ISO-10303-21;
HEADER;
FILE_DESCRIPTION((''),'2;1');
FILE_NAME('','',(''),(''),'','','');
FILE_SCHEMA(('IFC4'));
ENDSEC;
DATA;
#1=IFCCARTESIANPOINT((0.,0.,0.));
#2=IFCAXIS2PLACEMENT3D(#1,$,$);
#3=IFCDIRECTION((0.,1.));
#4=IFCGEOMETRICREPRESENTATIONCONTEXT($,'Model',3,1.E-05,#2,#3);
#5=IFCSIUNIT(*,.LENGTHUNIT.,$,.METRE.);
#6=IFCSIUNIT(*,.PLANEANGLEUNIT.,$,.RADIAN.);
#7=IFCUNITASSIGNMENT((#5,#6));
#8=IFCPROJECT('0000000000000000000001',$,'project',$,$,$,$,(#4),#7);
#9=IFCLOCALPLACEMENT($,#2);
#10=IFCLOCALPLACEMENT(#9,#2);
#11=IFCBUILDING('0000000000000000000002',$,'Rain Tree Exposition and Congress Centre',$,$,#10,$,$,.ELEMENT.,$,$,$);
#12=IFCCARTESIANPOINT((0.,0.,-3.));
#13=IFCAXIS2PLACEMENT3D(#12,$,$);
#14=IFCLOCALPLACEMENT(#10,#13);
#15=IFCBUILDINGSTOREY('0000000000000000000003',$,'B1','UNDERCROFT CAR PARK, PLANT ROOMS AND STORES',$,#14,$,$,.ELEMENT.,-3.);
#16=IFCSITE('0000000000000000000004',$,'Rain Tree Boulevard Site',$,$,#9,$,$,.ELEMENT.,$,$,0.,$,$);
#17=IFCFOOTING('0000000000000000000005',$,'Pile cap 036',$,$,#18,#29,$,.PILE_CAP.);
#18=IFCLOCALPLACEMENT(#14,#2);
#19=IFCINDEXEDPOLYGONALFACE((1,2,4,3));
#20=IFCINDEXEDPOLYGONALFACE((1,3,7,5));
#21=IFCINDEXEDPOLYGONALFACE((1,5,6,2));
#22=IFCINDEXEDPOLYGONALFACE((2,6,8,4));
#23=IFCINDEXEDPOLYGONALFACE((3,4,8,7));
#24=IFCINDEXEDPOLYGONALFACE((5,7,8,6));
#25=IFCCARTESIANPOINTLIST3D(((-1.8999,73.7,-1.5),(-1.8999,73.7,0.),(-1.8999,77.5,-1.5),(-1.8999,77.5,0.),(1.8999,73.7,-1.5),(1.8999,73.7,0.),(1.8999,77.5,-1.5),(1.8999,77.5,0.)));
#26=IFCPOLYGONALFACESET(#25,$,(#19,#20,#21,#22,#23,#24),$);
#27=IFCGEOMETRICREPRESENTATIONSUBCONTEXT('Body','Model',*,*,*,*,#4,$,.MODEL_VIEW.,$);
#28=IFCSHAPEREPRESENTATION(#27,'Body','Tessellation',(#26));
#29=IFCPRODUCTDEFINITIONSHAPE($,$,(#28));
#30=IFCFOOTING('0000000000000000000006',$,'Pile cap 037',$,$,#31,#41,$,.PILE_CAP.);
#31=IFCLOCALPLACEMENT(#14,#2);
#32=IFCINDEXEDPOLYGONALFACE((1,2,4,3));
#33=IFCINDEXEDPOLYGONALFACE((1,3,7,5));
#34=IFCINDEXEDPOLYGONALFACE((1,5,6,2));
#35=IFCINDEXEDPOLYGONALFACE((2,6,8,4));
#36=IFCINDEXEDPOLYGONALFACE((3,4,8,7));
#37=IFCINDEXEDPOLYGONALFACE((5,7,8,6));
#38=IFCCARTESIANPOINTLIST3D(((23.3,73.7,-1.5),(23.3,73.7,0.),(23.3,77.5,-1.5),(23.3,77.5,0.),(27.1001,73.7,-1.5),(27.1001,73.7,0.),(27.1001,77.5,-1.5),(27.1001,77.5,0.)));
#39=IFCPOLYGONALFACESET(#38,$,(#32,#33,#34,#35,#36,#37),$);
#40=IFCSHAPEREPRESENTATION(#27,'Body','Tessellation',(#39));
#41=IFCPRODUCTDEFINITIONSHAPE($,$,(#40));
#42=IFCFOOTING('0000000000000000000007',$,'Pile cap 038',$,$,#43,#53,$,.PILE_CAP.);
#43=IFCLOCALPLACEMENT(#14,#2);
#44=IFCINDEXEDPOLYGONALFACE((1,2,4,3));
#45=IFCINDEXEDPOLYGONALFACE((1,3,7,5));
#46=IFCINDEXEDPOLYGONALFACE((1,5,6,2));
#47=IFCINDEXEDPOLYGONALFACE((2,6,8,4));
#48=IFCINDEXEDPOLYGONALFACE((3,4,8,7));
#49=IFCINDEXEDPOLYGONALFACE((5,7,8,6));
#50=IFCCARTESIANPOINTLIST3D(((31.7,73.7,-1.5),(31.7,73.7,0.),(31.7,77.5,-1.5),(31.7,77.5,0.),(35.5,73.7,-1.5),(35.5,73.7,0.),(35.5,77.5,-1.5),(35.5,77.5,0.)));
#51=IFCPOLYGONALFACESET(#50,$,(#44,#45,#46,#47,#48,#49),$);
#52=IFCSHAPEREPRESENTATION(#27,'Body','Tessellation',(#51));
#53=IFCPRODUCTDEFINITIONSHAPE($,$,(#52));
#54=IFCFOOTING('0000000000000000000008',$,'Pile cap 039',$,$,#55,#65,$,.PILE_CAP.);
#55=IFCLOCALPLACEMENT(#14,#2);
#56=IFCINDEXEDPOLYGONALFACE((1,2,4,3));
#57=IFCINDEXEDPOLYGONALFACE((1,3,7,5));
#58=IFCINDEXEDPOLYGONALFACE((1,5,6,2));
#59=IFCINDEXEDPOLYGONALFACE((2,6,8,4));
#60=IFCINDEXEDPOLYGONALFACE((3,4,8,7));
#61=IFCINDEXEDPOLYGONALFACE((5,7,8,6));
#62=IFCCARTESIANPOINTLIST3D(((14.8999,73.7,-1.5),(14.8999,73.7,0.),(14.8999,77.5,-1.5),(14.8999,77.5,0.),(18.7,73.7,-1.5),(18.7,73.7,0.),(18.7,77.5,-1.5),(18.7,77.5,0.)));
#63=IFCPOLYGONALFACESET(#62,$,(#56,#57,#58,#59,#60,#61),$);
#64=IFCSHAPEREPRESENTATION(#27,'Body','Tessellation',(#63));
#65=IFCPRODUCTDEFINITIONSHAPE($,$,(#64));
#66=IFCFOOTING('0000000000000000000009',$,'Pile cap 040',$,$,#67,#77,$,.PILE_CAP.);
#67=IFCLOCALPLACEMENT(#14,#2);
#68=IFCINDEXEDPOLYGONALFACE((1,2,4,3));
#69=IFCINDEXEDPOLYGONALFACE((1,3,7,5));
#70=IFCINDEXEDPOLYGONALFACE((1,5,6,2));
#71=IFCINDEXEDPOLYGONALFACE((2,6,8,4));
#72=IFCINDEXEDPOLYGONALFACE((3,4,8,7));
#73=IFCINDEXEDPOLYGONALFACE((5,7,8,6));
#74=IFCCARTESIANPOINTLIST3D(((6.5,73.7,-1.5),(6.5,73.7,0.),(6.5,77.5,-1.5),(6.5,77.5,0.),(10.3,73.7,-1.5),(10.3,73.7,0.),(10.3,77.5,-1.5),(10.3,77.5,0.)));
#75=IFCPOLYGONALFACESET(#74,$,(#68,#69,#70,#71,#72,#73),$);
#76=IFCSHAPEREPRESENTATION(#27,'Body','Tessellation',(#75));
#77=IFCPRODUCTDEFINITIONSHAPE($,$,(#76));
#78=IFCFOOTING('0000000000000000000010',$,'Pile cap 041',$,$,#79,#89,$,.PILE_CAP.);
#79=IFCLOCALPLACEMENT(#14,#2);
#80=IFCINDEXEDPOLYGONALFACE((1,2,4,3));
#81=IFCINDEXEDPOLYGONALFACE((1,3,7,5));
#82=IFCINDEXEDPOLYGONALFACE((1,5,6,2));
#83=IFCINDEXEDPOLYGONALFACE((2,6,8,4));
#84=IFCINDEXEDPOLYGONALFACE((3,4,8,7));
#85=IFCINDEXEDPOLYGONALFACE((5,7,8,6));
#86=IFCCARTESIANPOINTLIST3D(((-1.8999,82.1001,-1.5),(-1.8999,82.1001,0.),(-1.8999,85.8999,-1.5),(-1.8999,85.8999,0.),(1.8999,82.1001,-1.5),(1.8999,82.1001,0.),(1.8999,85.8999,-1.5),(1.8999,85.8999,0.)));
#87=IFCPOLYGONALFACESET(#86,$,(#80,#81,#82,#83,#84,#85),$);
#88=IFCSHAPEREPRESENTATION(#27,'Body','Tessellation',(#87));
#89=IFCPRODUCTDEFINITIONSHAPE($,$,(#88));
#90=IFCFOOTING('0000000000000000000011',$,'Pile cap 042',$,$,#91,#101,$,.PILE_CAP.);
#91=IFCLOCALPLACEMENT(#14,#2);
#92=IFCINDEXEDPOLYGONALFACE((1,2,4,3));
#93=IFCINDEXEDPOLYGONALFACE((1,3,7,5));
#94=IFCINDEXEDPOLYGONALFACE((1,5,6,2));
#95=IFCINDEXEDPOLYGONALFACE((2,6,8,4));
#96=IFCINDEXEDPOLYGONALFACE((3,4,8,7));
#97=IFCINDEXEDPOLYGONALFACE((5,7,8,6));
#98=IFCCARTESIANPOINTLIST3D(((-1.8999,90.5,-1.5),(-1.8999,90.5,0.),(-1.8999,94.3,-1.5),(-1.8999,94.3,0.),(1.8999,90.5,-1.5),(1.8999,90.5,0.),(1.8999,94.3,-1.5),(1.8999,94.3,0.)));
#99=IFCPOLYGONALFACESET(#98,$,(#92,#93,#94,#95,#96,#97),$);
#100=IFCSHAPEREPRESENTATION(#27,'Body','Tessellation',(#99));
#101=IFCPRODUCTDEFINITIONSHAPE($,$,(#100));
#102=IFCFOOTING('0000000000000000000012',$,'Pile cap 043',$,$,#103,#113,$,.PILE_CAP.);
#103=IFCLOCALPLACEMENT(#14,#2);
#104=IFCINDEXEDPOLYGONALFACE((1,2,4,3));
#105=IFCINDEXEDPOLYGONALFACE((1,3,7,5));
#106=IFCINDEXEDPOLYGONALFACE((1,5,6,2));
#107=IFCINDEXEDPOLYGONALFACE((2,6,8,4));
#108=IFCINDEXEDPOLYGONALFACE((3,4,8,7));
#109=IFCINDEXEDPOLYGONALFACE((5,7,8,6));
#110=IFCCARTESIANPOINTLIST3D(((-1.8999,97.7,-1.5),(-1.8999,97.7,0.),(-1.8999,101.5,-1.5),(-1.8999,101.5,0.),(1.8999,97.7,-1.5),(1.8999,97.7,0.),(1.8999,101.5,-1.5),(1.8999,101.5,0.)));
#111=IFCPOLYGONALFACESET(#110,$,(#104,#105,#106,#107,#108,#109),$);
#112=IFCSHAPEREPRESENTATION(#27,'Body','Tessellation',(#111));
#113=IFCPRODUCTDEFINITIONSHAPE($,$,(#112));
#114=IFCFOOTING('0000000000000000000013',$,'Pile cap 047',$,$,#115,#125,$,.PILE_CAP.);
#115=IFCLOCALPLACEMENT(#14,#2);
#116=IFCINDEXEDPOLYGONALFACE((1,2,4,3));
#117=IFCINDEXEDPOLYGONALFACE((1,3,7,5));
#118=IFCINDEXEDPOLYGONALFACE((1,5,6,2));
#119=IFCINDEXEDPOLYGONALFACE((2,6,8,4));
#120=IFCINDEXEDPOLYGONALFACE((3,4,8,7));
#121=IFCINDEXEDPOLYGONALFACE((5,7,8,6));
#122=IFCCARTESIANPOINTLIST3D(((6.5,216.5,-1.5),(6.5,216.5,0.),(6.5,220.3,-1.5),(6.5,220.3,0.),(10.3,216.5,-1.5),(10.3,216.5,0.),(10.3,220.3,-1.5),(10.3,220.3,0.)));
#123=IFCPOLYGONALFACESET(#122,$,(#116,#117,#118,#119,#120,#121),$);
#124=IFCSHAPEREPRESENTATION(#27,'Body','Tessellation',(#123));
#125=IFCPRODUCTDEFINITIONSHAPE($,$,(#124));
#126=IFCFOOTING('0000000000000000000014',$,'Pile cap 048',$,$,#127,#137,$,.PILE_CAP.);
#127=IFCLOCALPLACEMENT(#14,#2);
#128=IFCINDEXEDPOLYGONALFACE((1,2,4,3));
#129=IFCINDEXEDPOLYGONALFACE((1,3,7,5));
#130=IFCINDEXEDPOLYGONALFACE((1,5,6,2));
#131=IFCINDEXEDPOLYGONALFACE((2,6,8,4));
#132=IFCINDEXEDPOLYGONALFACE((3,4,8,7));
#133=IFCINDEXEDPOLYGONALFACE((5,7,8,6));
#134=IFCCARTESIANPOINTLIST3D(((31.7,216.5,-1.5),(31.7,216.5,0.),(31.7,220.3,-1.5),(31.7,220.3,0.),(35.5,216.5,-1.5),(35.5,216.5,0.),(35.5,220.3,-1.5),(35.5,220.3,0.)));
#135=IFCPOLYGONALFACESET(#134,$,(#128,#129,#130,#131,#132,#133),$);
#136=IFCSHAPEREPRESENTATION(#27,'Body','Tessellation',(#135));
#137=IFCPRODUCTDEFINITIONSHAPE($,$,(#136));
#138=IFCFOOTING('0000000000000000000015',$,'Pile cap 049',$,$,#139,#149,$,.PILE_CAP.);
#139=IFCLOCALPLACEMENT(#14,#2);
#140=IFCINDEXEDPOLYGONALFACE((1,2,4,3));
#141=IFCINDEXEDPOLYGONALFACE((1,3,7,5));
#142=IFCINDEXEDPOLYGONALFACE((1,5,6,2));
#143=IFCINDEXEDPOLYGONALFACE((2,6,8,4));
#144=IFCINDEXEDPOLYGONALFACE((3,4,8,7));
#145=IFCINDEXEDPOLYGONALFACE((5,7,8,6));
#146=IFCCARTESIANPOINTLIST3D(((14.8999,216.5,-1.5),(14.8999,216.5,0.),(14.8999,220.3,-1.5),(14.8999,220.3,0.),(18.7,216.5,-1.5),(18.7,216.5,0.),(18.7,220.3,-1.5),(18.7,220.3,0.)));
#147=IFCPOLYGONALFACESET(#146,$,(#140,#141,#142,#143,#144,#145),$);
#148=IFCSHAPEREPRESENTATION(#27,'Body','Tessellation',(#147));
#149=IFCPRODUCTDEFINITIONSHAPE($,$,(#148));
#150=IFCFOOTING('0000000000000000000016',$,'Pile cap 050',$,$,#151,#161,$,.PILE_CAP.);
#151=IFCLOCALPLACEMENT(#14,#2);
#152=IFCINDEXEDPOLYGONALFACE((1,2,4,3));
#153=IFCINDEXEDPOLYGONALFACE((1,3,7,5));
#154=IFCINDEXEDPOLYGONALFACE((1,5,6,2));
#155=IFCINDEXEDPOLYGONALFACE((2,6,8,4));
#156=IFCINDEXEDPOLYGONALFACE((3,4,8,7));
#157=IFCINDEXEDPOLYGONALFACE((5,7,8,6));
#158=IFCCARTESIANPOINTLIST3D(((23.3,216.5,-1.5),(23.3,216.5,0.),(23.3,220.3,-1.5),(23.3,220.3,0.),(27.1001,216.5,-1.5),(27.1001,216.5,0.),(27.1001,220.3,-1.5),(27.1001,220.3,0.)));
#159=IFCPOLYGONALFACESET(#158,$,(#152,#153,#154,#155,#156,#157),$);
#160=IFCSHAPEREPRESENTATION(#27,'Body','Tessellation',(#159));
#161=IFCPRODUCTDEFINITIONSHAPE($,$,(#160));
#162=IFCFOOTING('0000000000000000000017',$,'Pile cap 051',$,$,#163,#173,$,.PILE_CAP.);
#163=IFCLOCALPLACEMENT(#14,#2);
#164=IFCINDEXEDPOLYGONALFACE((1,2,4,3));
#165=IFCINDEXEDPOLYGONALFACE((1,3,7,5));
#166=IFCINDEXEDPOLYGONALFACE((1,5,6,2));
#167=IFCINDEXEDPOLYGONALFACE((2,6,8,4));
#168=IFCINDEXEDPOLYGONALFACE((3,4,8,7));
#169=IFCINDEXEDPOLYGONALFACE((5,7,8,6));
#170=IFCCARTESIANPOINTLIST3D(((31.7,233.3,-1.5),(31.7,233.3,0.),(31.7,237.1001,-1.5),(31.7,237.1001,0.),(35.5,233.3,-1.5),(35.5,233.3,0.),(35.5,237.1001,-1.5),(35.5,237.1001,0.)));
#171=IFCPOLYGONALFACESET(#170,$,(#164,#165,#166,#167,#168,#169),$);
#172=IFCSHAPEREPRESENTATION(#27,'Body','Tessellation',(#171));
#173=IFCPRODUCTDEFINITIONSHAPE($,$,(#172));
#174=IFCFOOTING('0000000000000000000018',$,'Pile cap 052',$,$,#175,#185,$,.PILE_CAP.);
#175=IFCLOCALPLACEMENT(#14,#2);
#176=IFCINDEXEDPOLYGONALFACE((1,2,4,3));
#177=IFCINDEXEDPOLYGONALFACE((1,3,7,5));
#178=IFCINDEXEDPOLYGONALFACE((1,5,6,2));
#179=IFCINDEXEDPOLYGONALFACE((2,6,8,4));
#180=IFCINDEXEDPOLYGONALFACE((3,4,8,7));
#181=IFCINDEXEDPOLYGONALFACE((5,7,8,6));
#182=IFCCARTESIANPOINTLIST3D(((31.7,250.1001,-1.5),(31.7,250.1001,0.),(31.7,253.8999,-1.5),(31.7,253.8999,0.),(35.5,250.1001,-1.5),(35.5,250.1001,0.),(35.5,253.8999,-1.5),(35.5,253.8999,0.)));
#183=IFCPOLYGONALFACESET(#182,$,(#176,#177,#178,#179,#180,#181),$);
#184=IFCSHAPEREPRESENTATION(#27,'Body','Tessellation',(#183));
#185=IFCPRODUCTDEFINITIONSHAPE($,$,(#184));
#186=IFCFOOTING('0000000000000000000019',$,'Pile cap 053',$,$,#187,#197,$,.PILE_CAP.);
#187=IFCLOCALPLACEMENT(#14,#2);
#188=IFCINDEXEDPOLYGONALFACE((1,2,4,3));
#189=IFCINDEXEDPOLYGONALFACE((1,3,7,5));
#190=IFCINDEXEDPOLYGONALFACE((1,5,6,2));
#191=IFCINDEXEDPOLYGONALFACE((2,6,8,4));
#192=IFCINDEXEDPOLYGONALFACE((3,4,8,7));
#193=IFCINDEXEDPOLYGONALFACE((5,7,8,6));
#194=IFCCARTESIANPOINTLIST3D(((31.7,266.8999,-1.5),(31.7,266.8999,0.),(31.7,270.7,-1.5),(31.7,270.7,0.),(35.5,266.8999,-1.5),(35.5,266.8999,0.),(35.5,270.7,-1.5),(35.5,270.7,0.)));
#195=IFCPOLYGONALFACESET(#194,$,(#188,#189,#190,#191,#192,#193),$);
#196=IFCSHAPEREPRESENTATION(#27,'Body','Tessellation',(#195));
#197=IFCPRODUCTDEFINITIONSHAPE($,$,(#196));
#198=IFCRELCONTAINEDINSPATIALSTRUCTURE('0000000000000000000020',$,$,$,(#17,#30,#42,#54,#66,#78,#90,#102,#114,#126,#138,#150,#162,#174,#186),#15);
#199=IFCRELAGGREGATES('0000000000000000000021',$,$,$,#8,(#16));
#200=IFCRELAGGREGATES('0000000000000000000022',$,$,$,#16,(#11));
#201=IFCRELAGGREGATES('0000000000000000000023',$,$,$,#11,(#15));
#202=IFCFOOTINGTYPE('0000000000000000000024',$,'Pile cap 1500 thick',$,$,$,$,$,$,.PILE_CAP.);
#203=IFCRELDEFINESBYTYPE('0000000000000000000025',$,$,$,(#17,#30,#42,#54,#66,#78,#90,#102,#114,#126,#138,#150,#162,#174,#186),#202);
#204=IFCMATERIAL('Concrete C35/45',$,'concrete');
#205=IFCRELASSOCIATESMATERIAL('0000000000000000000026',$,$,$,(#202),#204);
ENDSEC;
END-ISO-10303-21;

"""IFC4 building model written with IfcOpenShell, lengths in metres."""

from ifc_helpers import new_model, si_unit, direction, frame, origin, place, context, subcontext, project, spatial, polyline, outline, extrude, material, type_object, element, save


model = new_model("IFC4")

# Units and contexts
model_context = context("Model", 3, precision=1e-05, world=origin(), true_north=direction((0.0, 1.0)))
body_context = subcontext(model_context, "Body", "Model", "MODEL_VIEW")
ifc_project = project(units=[si_unit("LENGTHUNIT", "METRE"), si_unit("PLANEANGLEUNIT", "RADIAN")], contexts=[model_context])

# Site, building, storey
site_placement = place(None, origin())
site = spatial("IfcSite", under=ifc_project, at=site_placement, Name="Rain Tree Boulevard Site", CompositionType="ELEMENT", RefElevation=0.0)
building_placement = place(site_placement, origin())
building = spatial("IfcBuilding", under=site, at=building_placement, Name="Rain Tree Exposition and Congress Centre", CompositionType="ELEMENT")
storey_placement = place(building_placement, frame((0.0, 0.0, -3.0)))
storey = spatial("IfcBuildingStorey", under=building, at=storey_placement, Name="B1", Description="UNDERCROFT CAR PARK, PLANT ROOMS AND STORES", CompositionType="ELEMENT", Elevation=-3.0)

# Footings
ifc_material_1 = material(Name="Concrete C35/45", Category="concrete")
footing_type_1 = type_object("IfcFootingType", Name="Pile cap 1500 thick", PredefinedType="PILE_CAP", material=ifc_material_1)
footing_1_placement = place(storey_placement, frame((0.0, 0.0, -1.5)))
element("IfcFooting", 1, at=footing_1_placement, inside=storey, type_object=footing_type_1, Name="Pile cap 036", PredefinedType="PILE_CAP", context=body_context, shape_type="SweptSolid", body=[
    extrude(outline(polyline([(1.8999, 73.7), (1.8999, 77.5), (-1.8999, 77.5), (-1.8999, 73.7), (1.8999, 73.7)])), origin(), (0.0, 0.0, 1.0), 1.5),
])
footing_2_placement = place(storey_placement, frame((0.0, 0.0, -1.5)))
element("IfcFooting", 2, at=footing_2_placement, inside=storey, type_object=footing_type_1, Name="Pile cap 037", PredefinedType="PILE_CAP", context=body_context, shape_type="SweptSolid", body=[
    extrude(outline(polyline([(27.1001, 73.7), (27.1001, 77.5), (23.3, 77.5), (23.3, 73.7), (27.1001, 73.7)])), origin(), (0.0, 0.0, 1.0), 1.5),
])
footing_3_placement = place(storey_placement, frame((0.0, 0.0, -1.5)))
element("IfcFooting", 3, at=footing_3_placement, inside=storey, type_object=footing_type_1, Name="Pile cap 038", PredefinedType="PILE_CAP", context=body_context, shape_type="SweptSolid", body=[
    extrude(outline(polyline([(35.5, 73.7), (35.5, 77.5), (31.7, 77.5), (31.7, 73.7), (35.5, 73.7)])), origin(), (0.0, 0.0, 1.0), 1.5),
])
footing_4_placement = place(storey_placement, frame((0.0, 0.0, -1.5)))
element("IfcFooting", 4, at=footing_4_placement, inside=storey, type_object=footing_type_1, Name="Pile cap 039", PredefinedType="PILE_CAP", context=body_context, shape_type="SweptSolid", body=[
    extrude(outline(polyline([(18.7, 73.7), (18.7, 77.5), (14.8999, 77.5), (14.8999, 73.7), (18.7, 73.7)])), origin(), (0.0, 0.0, 1.0), 1.5),
])
footing_5_placement = place(storey_placement, frame((0.0, 0.0, -1.5)))
element("IfcFooting", 5, at=footing_5_placement, inside=storey, type_object=footing_type_1, Name="Pile cap 040", PredefinedType="PILE_CAP", context=body_context, shape_type="SweptSolid", body=[
    extrude(outline(polyline([(10.3, 73.7), (10.3, 77.5), (6.5, 77.5), (6.5, 73.7), (10.3, 73.7)])), origin(), (0.0, 0.0, 1.0), 1.5),
])
footing_6_placement = place(storey_placement, frame((0.0, 0.0, -1.5)))
element("IfcFooting", 6, at=footing_6_placement, inside=storey, type_object=footing_type_1, Name="Pile cap 041", PredefinedType="PILE_CAP", context=body_context, shape_type="SweptSolid", body=[
    extrude(outline(polyline([(1.8999, 82.1001), (1.8999, 85.8999), (-1.8999, 85.8999), (-1.8999, 82.1001), (1.8999, 82.1001)])), origin(), (0.0, 0.0, 1.0), 1.5),
])
footing_7_placement = place(storey_placement, frame((0.0, 0.0, -1.5)))
element("IfcFooting", 7, at=footing_7_placement, inside=storey, type_object=footing_type_1, Name="Pile cap 042", PredefinedType="PILE_CAP", context=body_context, shape_type="SweptSolid", body=[
    extrude(outline(polyline([(1.8999, 90.5), (1.8999, 94.3), (-1.8999, 94.3), (-1.8999, 90.5), (1.8999, 90.5)])), origin(), (0.0, 0.0, 1.0), 1.5),
])
footing_8_placement = place(storey_placement, frame((0.0, 0.0, -1.5)))
element("IfcFooting", 8, at=footing_8_placement, inside=storey, type_object=footing_type_1, Name="Pile cap 043", PredefinedType="PILE_CAP", context=body_context, shape_type="SweptSolid", body=[
    extrude(outline(polyline([(1.8999, 97.7), (1.8999, 101.5), (-1.8999, 101.5), (-1.8999, 97.7), (1.8999, 97.7)])), origin(), (0.0, 0.0, 1.0), 1.5),
])
footing_9_placement = place(storey_placement, frame((0.0, 0.0, -1.5)))
element("IfcFooting", 9, at=footing_9_placement, inside=storey, type_object=footing_type_1, Name="Pile cap 047", PredefinedType="PILE_CAP", context=body_context, shape_type="SweptSolid", body=[
    extrude(outline(polyline([(10.3, 216.5), (10.3, 220.3), (6.5, 220.3), (6.5, 216.5), (10.3, 216.5)])), origin(), (0.0, 0.0, 1.0), 1.5),
])
footing_10_placement = place(storey_placement, frame((0.0, 0.0, -1.5)))
element("IfcFooting", 10, at=footing_10_placement, inside=storey, type_object=footing_type_1, Name="Pile cap 048", PredefinedType="PILE_CAP", context=body_context, shape_type="SweptSolid", body=[
    extrude(outline(polyline([(35.5, 216.5), (35.5, 220.3), (31.7, 220.3), (31.7, 216.5), (35.5, 216.5)])), origin(), (0.0, 0.0, 1.0), 1.5),
])
footing_11_placement = place(storey_placement, frame((0.0, 0.0, -1.5)))
element("IfcFooting", 11, at=footing_11_placement, inside=storey, type_object=footing_type_1, Name="Pile cap 049", PredefinedType="PILE_CAP", context=body_context, shape_type="SweptSolid", body=[
    extrude(outline(polyline([(18.7, 216.5), (18.7, 220.3), (14.8999, 220.3), (14.8999, 216.5), (18.7, 216.5)])), origin(), (0.0, 0.0, 1.0), 1.5),
])
footing_12_placement = place(storey_placement, frame((0.0, 0.0, -1.5)))
element("IfcFooting", 12, at=footing_12_placement, inside=storey, type_object=footing_type_1, Name="Pile cap 050", PredefinedType="PILE_CAP", context=body_context, shape_type="SweptSolid", body=[
    extrude(outline(polyline([(27.1001, 216.5), (27.1001, 220.3), (23.3, 220.3), (23.3, 216.5), (27.1001, 216.5)])), origin(), (0.0, 0.0, 1.0), 1.5),
])
footing_13_placement = place(storey_placement, frame((0.0, 0.0, -1.5)))
element("IfcFooting", 13, at=footing_13_placement, inside=storey, type_object=footing_type_1, Name="Pile cap 051", PredefinedType="PILE_CAP", context=body_context, shape_type="SweptSolid", body=[
    extrude(outline(polyline([(35.5, 233.3), (35.5, 237.1001), (31.7, 237.1001), (31.7, 233.3), (35.5, 233.3)])), origin(), (0.0, 0.0, 1.0), 1.5),
])
footing_14_placement = place(storey_placement, frame((0.0, 0.0, -1.5)))
element("IfcFooting", 14, at=footing_14_placement, inside=storey, type_object=footing_type_1, Name="Pile cap 052", PredefinedType="PILE_CAP", context=body_context, shape_type="SweptSolid", body=[
    extrude(outline(polyline([(35.5, 250.1001), (35.5, 253.8999), (31.7, 253.8999), (31.7, 250.1001), (35.5, 250.1001)])), origin(), (0.0, 0.0, 1.0), 1.5),
])
footing_15_placement = place(storey_placement, frame((0.0, 0.0, -1.5)))
element("IfcFooting", 15, at=footing_15_placement, inside=storey, type_object=footing_type_1, Name="Pile cap 053", PredefinedType="PILE_CAP", context=body_context, shape_type="SweptSolid", body=[
    extrude(outline(polyline([(35.5, 266.8999), (35.5, 270.7), (31.7, 270.7), (31.7, 266.8999), (35.5, 266.8999)])), origin(), (0.0, 0.0, 1.0), 1.5),
])

save(model, "model.ifc")
